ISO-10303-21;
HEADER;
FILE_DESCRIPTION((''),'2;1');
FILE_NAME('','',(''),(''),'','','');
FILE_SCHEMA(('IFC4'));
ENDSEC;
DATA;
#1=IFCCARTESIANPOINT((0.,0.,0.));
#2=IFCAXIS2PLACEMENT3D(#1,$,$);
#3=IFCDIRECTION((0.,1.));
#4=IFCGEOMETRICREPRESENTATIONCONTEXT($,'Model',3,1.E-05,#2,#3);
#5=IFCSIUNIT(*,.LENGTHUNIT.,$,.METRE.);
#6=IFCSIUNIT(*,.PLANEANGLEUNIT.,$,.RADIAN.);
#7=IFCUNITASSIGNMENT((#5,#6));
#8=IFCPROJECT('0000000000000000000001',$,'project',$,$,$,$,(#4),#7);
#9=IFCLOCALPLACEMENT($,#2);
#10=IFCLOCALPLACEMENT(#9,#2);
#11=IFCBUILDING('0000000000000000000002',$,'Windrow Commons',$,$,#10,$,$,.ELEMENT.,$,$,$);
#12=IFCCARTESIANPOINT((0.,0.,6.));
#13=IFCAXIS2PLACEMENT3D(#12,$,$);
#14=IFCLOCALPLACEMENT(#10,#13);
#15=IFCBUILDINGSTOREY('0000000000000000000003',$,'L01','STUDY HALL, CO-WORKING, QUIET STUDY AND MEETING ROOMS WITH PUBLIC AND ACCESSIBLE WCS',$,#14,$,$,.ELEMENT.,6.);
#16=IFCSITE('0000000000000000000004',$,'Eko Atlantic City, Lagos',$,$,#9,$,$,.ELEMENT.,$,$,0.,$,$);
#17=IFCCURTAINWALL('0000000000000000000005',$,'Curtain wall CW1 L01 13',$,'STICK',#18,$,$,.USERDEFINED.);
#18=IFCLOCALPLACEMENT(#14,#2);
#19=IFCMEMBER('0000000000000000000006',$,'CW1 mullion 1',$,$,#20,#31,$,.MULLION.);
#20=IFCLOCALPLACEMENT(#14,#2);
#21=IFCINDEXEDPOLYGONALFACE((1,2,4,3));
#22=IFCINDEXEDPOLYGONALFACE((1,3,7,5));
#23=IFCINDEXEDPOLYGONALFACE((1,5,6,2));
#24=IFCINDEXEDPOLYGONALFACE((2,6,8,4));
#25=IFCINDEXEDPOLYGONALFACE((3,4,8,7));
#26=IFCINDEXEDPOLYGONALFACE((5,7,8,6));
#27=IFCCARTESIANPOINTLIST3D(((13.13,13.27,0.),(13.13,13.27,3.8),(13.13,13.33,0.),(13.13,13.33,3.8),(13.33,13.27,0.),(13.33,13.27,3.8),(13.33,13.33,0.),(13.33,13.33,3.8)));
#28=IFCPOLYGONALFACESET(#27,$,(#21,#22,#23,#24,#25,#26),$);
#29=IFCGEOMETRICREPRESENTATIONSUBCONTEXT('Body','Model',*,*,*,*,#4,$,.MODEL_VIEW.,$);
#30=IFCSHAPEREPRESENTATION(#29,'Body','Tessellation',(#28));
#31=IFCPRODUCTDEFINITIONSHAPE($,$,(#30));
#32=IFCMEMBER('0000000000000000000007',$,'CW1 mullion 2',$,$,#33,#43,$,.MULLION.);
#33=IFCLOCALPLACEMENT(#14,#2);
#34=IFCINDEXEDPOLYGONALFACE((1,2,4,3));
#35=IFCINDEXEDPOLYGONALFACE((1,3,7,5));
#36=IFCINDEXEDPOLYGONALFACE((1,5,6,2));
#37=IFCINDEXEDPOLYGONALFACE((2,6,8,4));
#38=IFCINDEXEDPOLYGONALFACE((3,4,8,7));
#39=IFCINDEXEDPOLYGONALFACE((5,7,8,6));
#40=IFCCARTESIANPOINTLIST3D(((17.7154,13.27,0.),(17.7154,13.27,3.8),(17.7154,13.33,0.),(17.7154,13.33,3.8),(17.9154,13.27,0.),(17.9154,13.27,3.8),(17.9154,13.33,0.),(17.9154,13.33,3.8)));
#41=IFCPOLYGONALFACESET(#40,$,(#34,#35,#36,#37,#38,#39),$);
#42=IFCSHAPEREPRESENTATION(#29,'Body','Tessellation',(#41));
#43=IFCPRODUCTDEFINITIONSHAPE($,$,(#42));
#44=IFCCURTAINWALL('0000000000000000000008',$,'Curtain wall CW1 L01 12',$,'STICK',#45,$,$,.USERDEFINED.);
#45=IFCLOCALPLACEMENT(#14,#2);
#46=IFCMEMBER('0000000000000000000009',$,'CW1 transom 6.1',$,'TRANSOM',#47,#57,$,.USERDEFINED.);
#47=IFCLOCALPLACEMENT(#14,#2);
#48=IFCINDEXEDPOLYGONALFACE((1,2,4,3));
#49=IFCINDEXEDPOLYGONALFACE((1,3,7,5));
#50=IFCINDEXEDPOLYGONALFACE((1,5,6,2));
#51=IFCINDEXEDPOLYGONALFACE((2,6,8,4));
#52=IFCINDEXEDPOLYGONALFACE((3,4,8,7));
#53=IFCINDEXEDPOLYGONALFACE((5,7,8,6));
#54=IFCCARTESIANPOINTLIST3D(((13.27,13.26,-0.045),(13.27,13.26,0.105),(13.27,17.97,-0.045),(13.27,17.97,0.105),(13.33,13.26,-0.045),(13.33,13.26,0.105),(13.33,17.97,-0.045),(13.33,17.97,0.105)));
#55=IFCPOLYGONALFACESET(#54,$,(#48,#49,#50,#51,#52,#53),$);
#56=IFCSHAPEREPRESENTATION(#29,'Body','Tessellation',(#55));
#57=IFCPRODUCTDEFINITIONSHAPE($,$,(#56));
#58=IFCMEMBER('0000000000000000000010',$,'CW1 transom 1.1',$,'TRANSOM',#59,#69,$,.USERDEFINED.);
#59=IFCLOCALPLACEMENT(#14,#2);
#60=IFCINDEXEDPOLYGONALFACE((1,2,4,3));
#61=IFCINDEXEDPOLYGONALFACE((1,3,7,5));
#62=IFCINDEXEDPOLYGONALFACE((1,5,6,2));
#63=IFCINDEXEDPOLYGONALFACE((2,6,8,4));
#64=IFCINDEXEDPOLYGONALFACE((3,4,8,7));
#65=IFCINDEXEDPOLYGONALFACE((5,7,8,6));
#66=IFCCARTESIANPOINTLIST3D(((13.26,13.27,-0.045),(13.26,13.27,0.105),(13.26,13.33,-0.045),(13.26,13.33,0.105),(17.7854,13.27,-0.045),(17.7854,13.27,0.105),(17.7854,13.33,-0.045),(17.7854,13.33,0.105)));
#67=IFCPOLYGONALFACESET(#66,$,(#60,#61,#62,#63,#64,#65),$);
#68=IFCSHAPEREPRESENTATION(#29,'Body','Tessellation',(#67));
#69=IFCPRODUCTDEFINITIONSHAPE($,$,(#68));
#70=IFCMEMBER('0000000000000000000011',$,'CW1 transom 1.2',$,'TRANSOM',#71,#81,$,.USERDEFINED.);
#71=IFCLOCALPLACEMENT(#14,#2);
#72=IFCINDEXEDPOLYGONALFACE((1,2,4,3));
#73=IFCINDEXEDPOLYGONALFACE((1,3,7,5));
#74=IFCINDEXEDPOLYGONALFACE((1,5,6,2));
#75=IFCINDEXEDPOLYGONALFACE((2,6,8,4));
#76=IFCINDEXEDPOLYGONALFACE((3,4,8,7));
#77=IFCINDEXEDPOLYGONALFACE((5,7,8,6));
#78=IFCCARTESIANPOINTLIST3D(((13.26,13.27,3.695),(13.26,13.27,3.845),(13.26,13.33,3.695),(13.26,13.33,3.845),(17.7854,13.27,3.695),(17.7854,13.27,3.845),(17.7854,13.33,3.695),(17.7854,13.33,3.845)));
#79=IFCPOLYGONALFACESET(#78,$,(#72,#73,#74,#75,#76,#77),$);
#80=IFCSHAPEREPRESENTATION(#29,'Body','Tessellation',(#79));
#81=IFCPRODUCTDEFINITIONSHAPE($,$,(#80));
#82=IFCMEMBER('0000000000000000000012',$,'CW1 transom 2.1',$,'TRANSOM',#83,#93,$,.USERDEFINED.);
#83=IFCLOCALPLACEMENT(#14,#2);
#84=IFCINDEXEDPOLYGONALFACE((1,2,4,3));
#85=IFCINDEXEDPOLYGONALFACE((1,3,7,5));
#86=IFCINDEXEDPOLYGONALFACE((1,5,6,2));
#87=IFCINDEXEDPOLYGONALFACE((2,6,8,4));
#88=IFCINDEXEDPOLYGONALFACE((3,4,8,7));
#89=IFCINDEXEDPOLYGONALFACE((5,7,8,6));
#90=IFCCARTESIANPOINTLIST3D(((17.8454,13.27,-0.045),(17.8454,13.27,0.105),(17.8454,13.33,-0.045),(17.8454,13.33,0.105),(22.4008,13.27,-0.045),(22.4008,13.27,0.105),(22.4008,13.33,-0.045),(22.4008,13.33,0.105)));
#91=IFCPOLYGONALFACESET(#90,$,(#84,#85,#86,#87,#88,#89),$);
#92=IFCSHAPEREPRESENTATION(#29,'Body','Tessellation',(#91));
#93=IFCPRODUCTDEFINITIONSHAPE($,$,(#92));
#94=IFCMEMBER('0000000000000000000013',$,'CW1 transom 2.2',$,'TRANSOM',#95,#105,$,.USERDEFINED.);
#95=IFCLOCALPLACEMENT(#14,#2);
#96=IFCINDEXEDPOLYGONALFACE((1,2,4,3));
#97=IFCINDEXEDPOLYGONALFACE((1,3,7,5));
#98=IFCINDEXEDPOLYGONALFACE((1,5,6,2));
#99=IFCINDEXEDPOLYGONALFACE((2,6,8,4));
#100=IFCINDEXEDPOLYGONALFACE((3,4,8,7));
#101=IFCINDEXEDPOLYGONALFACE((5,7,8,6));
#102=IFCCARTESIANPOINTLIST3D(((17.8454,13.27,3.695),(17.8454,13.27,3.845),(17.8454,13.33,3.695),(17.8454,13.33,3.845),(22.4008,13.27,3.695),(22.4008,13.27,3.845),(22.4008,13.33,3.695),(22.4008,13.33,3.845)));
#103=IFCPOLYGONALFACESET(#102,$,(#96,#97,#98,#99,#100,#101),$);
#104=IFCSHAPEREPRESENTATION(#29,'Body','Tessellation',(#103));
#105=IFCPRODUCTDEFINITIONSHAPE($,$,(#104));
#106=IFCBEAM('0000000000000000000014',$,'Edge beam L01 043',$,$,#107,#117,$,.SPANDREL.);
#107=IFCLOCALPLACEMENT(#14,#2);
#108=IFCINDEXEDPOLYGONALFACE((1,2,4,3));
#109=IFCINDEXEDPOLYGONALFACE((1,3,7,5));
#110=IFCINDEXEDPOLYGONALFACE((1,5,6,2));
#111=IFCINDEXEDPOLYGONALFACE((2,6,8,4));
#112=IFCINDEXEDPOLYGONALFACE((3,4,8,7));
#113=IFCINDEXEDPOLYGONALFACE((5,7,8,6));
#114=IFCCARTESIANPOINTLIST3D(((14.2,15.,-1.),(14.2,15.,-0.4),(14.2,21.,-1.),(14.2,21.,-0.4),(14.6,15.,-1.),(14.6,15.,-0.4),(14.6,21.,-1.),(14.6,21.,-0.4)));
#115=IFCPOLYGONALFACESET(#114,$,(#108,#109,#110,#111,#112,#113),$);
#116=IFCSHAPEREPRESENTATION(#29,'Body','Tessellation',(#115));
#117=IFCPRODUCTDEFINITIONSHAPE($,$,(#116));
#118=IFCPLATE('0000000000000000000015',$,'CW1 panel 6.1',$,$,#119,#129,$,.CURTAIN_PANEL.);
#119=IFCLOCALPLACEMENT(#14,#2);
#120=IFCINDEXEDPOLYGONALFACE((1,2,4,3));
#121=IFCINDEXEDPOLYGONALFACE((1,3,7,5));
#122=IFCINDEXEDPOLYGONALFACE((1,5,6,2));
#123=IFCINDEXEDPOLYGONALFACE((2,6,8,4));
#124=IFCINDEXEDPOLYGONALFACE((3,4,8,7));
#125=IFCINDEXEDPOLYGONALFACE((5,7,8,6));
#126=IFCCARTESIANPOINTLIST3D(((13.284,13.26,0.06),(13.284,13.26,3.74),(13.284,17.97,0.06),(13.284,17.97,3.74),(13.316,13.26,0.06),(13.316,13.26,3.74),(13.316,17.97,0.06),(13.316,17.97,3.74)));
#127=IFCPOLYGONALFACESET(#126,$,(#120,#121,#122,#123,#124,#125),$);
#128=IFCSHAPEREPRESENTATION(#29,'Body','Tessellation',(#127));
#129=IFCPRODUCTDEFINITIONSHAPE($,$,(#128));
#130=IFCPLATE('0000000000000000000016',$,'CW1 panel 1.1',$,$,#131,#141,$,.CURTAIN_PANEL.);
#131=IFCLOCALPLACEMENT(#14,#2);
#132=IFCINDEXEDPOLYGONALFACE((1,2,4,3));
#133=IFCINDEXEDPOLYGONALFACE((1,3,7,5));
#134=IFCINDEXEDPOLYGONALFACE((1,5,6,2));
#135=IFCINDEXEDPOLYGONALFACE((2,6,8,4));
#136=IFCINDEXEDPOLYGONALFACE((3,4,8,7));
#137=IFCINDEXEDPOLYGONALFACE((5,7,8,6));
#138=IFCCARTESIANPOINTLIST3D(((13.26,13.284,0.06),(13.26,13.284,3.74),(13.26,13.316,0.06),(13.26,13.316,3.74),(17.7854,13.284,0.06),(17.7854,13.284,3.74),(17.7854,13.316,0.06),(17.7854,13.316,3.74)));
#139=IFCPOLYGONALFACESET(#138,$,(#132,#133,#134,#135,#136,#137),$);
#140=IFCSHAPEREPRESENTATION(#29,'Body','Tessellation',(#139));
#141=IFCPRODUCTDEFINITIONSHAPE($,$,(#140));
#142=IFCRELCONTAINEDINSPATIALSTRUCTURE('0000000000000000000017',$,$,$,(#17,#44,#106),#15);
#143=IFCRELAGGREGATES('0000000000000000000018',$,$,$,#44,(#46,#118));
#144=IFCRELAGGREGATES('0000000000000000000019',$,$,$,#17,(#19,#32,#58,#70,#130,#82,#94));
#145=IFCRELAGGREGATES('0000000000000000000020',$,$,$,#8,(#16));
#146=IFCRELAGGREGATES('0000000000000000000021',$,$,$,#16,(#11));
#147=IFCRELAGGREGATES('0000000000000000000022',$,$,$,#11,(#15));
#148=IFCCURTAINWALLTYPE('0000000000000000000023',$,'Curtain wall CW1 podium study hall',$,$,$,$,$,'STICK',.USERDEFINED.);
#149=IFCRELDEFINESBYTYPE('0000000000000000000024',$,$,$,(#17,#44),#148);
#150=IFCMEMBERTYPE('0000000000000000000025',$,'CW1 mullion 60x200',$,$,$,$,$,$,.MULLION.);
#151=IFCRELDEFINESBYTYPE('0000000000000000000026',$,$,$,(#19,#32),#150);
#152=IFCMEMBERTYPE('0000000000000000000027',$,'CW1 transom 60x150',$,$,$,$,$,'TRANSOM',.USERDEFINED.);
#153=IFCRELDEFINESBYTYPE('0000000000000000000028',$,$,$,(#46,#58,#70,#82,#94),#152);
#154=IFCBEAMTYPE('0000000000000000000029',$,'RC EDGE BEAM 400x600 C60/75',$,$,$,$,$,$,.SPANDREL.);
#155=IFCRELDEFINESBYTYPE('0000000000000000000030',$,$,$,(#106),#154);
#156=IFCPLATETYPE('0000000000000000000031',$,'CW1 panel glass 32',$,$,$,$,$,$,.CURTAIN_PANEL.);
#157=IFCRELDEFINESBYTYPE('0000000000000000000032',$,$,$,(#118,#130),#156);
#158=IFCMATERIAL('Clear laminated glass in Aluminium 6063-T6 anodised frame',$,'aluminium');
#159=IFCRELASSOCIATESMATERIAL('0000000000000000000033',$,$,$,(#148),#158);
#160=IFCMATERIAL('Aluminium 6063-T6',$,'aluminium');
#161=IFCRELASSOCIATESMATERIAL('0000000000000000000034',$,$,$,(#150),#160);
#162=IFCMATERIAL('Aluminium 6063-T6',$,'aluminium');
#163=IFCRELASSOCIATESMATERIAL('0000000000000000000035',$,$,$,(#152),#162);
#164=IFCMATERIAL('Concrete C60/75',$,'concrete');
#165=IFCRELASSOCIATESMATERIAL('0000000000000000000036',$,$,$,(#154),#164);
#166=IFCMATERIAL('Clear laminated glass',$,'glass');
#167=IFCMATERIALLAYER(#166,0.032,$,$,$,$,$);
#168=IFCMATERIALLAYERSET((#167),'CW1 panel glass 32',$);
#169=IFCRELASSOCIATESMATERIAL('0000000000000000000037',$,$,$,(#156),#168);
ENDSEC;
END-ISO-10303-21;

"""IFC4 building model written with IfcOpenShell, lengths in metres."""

from ifc_helpers import new_model, si_unit, direction, frame, origin, origin_2d, place, context, subcontext, project, spatial, rectangle, extrude, material, layer, layer_set, material_profile, profile_set, type_object, element, aggregate, save


model = new_model("IFC4")

# Units and contexts
model_context = context("Model", 3, precision=1e-05, world=origin(), true_north=direction((0.0, 1.0)))
body_context = subcontext(model_context, "Body", "Model", "MODEL_VIEW")
ifc_project = project(units=[si_unit("LENGTHUNIT", "METRE"), si_unit("PLANEANGLEUNIT", "RADIAN")], contexts=[model_context])

# Site, building, storey
site_placement = place(None, origin())
site = spatial("IfcSite", under=ifc_project, at=site_placement, Name="Eko Atlantic City, Lagos", CompositionType="ELEMENT", RefElevation=0.0)
building_placement = place(site_placement, origin())
building = spatial("IfcBuilding", under=site, at=building_placement, Name="Windrow Commons", CompositionType="ELEMENT")
storey_placement = place(building_placement, frame((0.0, 0.0, 6.0)))
storey = spatial("IfcBuildingStorey", under=building, at=storey_placement, Name="L01", Description="STUDY HALL, CO-WORKING, QUIET STUDY AND MEETING ROOMS WITH PUBLIC AND ACCESSIBLE WCS", CompositionType="ELEMENT", Elevation=6.0)

# Curtain wall, members
ifc_material_1 = material(Name="Clear laminated glass in Aluminium 6063-T6 anodised frame", Category="aluminium")
curtain_wall_type = type_object("IfcCurtainWallType", Name="Curtain wall CW1 podium study hall", ElementType="STICK", PredefinedType="USERDEFINED", material=ifc_material_1)
placement = place(storey_placement, origin())
curtain_wall_1 = element("IfcCurtainWall", 1, at=placement, inside=storey, type_object=curtain_wall_type, Name="Curtain wall CW1 L01 13", ObjectType="STICK", PredefinedType="USERDEFINED")
ifc_material_2 = material(Name="Aluminium 6063-T6", Category="aluminium")
ifc_material_profile_1 = material_profile(ifc_material_2, rectangle(XDim=0.06, YDim=0.2, at=origin_2d()))
ifc_profile_set_1 = profile_set([ifc_material_profile_1], Name="Aluminium 6063-T6")
member_type_1 = type_object("IfcMemberType", Name="CW1 mullion 60x200", PredefinedType="MULLION", material=ifc_profile_set_1)
member_1_placement = place(storey_placement, frame((13.23, 13.3, 0.0), z_axis=(0.0, 0.0, 1.0), x_axis=(0.0, 1.0, 0.0)))
member_1 = element("IfcMember", 2, at=member_1_placement, type_object=member_type_1, Name="CW1 mullion 1", PredefinedType="MULLION", context=body_context, shape_type="SweptSolid", body=[
    extrude(rectangle(XDim=0.06, YDim=0.2, at=origin_2d()), origin(), (0.0, 0.0, 1.0), 3.8),
])
member_2_placement = place(storey_placement, frame((17.8154, 13.3, 0.0), z_axis=(0.0, 0.0, 1.0), x_axis=(0.0, 1.0, 0.0)))
member_2 = element("IfcMember", 3, at=member_2_placement, type_object=member_type_1, Name="CW1 mullion 2", PredefinedType="MULLION", context=body_context, shape_type="SweptSolid", body=[
    extrude(rectangle(XDim=0.06, YDim=0.2, at=origin_2d()), origin(), (0.0, 0.0, 1.0), 3.8),
])

# Curtain wall, member
curtain_wall_2 = element("IfcCurtainWall", 4, at=placement, inside=storey, type_object=curtain_wall_type, Name="Curtain wall CW1 L01 12", ObjectType="STICK", PredefinedType="USERDEFINED")
ifc_material_3 = material(Name="Aluminium 6063-T6", Category="aluminium")
ifc_material_profile_2 = material_profile(ifc_material_3, rectangle(XDim=0.06, YDim=0.15, at=origin_2d()))
ifc_profile_set_2 = profile_set([ifc_material_profile_2], Name="Aluminium 6063-T6")
member_type_2 = type_object("IfcMemberType", Name="CW1 transom 60x150", ElementType="TRANSOM", PredefinedType="USERDEFINED", material=ifc_profile_set_2)
member_3_placement = place(storey_placement, frame((13.3, 17.97, 0.03), z_axis=(0.0, -1.0, 0.0), x_axis=(1.0, 0.0, 0.0)))
member_3 = element("IfcMember", 5, at=member_3_placement, type_object=member_type_2, Name="CW1 transom 6.1", ObjectType="TRANSOM", PredefinedType="USERDEFINED", context=body_context, shape_type="SweptSolid", body=[
    extrude(rectangle(XDim=0.06, YDim=0.15, at=origin_2d()), origin(), (0.0, 0.0, 1.0), 4.71),
])

# Members
member_4_placement = place(storey_placement, frame((13.26, 13.3, 0.03), z_axis=(1.0, 0.0, 0.0), x_axis=(0.0, 1.0, 0.0)))
member_4 = element("IfcMember", 6, at=member_4_placement, type_object=member_type_2, Name="CW1 transom 1.1", ObjectType="TRANSOM", PredefinedType="USERDEFINED", context=body_context, shape_type="SweptSolid", body=[
    extrude(rectangle(XDim=0.06, YDim=0.15, at=origin_2d()), origin(), (0.0, 0.0, 1.0), 4.5254),
])
member_5_placement = place(storey_placement, frame((13.26, 13.3, 3.77), z_axis=(1.0, 0.0, 0.0), x_axis=(0.0, 1.0, 0.0)))
member_5 = element("IfcMember", 7, at=member_5_placement, type_object=member_type_2, Name="CW1 transom 1.2", ObjectType="TRANSOM", PredefinedType="USERDEFINED", context=body_context, shape_type="SweptSolid", body=[
    extrude(rectangle(XDim=0.06, YDim=0.15, at=origin_2d()), origin(), (0.0, 0.0, 1.0), 4.5254),
])
member_6_placement = place(storey_placement, frame((17.8454, 13.3, 0.03), z_axis=(1.0, 0.0, 0.0), x_axis=(0.0, 1.0, 0.0)))
member_6 = element("IfcMember", 8, at=member_6_placement, type_object=member_type_2, Name="CW1 transom 2.1", ObjectType="TRANSOM", PredefinedType="USERDEFINED", context=body_context, shape_type="SweptSolid", body=[
    extrude(rectangle(XDim=0.06, YDim=0.15, at=origin_2d()), origin(), (0.0, 0.0, 1.0), 4.5554),
])
member_7_placement = place(storey_placement, frame((17.8454, 13.3, 3.77), z_axis=(1.0, 0.0, 0.0), x_axis=(0.0, 1.0, 0.0)))
member_7 = element("IfcMember", 9, at=member_7_placement, type_object=member_type_2, Name="CW1 transom 2.2", ObjectType="TRANSOM", PredefinedType="USERDEFINED", context=body_context, shape_type="SweptSolid", body=[
    extrude(rectangle(XDim=0.06, YDim=0.15, at=origin_2d()), origin(), (0.0, 0.0, 1.0), 4.5554),
])

# Beam
ifc_material_4 = material(Name="Concrete C60/75", Category="concrete")
ifc_material_profile_3 = material_profile(ifc_material_4, rectangle(XDim=0.4, YDim=0.6, at=origin_2d()))
ifc_profile_set_3 = profile_set([ifc_material_profile_3], Name="Concrete C60/75")
beam_type = type_object("IfcBeamType", Name="RC EDGE BEAM 400x600 C60/75", PredefinedType="SPANDREL", material=ifc_profile_set_3)
beam_placement = place(storey_placement, frame((14.4, 15.0, -0.7), z_axis=(0.0, 1.0, 0.0), x_axis=(-1.0, 0.0, 0.0)))
element("IfcBeam", 10, at=beam_placement, inside=storey, type_object=beam_type, Name="Edge beam L01 043", PredefinedType="SPANDREL", context=body_context, shape_type="SweptSolid", body=[
    extrude(rectangle(XDim=0.4, YDim=0.6, at=origin_2d()), origin(), (0.0, 0.0, 1.0), 6.0),
])

# Plates
ifc_material_5 = material(Name="Clear laminated glass", Category="glass")
ifc_layer = layer(ifc_material_5, 0.032)
ifc_layer_set = layer_set([ifc_layer], Name="CW1 panel glass 32")
plate_type = type_object("IfcPlateType", Name="CW1 panel glass 32", PredefinedType="CURTAIN_PANEL", material=ifc_layer_set)
plate_1_placement = place(storey_placement, frame((13.3, 15.615, 0.06), z_axis=(0.0, 0.0, 1.0), x_axis=(0.0, -1.0, 0.0)))
plate_1 = element("IfcPlate", 11, at=plate_1_placement, type_object=plate_type, Name="CW1 panel 6.1", PredefinedType="CURTAIN_PANEL", context=body_context, shape_type="SweptSolid", body=[
    extrude(rectangle(XDim=4.71, YDim=0.032, at=origin_2d()), origin(), (0.0, 0.0, 1.0), 3.68),
])
aggregate(curtain_wall_2, [member_3, plate_1])
plate_2_placement = place(storey_placement, frame((15.5227, 13.3, 0.06), z_axis=(0.0, 0.0, 1.0), x_axis=(1.0, 0.0, 0.0)))
plate_2 = element("IfcPlate", 12, at=plate_2_placement, type_object=plate_type, Name="CW1 panel 1.1", PredefinedType="CURTAIN_PANEL", context=body_context, shape_type="SweptSolid", body=[
    extrude(rectangle(XDim=4.5254, YDim=0.032, at=origin_2d()), origin(), (0.0, 0.0, 1.0), 3.68),
])
aggregate(curtain_wall_1, [member_1, member_2, member_4, member_5, plate_2, member_6, member_7])

save(model, "model.ifc")
